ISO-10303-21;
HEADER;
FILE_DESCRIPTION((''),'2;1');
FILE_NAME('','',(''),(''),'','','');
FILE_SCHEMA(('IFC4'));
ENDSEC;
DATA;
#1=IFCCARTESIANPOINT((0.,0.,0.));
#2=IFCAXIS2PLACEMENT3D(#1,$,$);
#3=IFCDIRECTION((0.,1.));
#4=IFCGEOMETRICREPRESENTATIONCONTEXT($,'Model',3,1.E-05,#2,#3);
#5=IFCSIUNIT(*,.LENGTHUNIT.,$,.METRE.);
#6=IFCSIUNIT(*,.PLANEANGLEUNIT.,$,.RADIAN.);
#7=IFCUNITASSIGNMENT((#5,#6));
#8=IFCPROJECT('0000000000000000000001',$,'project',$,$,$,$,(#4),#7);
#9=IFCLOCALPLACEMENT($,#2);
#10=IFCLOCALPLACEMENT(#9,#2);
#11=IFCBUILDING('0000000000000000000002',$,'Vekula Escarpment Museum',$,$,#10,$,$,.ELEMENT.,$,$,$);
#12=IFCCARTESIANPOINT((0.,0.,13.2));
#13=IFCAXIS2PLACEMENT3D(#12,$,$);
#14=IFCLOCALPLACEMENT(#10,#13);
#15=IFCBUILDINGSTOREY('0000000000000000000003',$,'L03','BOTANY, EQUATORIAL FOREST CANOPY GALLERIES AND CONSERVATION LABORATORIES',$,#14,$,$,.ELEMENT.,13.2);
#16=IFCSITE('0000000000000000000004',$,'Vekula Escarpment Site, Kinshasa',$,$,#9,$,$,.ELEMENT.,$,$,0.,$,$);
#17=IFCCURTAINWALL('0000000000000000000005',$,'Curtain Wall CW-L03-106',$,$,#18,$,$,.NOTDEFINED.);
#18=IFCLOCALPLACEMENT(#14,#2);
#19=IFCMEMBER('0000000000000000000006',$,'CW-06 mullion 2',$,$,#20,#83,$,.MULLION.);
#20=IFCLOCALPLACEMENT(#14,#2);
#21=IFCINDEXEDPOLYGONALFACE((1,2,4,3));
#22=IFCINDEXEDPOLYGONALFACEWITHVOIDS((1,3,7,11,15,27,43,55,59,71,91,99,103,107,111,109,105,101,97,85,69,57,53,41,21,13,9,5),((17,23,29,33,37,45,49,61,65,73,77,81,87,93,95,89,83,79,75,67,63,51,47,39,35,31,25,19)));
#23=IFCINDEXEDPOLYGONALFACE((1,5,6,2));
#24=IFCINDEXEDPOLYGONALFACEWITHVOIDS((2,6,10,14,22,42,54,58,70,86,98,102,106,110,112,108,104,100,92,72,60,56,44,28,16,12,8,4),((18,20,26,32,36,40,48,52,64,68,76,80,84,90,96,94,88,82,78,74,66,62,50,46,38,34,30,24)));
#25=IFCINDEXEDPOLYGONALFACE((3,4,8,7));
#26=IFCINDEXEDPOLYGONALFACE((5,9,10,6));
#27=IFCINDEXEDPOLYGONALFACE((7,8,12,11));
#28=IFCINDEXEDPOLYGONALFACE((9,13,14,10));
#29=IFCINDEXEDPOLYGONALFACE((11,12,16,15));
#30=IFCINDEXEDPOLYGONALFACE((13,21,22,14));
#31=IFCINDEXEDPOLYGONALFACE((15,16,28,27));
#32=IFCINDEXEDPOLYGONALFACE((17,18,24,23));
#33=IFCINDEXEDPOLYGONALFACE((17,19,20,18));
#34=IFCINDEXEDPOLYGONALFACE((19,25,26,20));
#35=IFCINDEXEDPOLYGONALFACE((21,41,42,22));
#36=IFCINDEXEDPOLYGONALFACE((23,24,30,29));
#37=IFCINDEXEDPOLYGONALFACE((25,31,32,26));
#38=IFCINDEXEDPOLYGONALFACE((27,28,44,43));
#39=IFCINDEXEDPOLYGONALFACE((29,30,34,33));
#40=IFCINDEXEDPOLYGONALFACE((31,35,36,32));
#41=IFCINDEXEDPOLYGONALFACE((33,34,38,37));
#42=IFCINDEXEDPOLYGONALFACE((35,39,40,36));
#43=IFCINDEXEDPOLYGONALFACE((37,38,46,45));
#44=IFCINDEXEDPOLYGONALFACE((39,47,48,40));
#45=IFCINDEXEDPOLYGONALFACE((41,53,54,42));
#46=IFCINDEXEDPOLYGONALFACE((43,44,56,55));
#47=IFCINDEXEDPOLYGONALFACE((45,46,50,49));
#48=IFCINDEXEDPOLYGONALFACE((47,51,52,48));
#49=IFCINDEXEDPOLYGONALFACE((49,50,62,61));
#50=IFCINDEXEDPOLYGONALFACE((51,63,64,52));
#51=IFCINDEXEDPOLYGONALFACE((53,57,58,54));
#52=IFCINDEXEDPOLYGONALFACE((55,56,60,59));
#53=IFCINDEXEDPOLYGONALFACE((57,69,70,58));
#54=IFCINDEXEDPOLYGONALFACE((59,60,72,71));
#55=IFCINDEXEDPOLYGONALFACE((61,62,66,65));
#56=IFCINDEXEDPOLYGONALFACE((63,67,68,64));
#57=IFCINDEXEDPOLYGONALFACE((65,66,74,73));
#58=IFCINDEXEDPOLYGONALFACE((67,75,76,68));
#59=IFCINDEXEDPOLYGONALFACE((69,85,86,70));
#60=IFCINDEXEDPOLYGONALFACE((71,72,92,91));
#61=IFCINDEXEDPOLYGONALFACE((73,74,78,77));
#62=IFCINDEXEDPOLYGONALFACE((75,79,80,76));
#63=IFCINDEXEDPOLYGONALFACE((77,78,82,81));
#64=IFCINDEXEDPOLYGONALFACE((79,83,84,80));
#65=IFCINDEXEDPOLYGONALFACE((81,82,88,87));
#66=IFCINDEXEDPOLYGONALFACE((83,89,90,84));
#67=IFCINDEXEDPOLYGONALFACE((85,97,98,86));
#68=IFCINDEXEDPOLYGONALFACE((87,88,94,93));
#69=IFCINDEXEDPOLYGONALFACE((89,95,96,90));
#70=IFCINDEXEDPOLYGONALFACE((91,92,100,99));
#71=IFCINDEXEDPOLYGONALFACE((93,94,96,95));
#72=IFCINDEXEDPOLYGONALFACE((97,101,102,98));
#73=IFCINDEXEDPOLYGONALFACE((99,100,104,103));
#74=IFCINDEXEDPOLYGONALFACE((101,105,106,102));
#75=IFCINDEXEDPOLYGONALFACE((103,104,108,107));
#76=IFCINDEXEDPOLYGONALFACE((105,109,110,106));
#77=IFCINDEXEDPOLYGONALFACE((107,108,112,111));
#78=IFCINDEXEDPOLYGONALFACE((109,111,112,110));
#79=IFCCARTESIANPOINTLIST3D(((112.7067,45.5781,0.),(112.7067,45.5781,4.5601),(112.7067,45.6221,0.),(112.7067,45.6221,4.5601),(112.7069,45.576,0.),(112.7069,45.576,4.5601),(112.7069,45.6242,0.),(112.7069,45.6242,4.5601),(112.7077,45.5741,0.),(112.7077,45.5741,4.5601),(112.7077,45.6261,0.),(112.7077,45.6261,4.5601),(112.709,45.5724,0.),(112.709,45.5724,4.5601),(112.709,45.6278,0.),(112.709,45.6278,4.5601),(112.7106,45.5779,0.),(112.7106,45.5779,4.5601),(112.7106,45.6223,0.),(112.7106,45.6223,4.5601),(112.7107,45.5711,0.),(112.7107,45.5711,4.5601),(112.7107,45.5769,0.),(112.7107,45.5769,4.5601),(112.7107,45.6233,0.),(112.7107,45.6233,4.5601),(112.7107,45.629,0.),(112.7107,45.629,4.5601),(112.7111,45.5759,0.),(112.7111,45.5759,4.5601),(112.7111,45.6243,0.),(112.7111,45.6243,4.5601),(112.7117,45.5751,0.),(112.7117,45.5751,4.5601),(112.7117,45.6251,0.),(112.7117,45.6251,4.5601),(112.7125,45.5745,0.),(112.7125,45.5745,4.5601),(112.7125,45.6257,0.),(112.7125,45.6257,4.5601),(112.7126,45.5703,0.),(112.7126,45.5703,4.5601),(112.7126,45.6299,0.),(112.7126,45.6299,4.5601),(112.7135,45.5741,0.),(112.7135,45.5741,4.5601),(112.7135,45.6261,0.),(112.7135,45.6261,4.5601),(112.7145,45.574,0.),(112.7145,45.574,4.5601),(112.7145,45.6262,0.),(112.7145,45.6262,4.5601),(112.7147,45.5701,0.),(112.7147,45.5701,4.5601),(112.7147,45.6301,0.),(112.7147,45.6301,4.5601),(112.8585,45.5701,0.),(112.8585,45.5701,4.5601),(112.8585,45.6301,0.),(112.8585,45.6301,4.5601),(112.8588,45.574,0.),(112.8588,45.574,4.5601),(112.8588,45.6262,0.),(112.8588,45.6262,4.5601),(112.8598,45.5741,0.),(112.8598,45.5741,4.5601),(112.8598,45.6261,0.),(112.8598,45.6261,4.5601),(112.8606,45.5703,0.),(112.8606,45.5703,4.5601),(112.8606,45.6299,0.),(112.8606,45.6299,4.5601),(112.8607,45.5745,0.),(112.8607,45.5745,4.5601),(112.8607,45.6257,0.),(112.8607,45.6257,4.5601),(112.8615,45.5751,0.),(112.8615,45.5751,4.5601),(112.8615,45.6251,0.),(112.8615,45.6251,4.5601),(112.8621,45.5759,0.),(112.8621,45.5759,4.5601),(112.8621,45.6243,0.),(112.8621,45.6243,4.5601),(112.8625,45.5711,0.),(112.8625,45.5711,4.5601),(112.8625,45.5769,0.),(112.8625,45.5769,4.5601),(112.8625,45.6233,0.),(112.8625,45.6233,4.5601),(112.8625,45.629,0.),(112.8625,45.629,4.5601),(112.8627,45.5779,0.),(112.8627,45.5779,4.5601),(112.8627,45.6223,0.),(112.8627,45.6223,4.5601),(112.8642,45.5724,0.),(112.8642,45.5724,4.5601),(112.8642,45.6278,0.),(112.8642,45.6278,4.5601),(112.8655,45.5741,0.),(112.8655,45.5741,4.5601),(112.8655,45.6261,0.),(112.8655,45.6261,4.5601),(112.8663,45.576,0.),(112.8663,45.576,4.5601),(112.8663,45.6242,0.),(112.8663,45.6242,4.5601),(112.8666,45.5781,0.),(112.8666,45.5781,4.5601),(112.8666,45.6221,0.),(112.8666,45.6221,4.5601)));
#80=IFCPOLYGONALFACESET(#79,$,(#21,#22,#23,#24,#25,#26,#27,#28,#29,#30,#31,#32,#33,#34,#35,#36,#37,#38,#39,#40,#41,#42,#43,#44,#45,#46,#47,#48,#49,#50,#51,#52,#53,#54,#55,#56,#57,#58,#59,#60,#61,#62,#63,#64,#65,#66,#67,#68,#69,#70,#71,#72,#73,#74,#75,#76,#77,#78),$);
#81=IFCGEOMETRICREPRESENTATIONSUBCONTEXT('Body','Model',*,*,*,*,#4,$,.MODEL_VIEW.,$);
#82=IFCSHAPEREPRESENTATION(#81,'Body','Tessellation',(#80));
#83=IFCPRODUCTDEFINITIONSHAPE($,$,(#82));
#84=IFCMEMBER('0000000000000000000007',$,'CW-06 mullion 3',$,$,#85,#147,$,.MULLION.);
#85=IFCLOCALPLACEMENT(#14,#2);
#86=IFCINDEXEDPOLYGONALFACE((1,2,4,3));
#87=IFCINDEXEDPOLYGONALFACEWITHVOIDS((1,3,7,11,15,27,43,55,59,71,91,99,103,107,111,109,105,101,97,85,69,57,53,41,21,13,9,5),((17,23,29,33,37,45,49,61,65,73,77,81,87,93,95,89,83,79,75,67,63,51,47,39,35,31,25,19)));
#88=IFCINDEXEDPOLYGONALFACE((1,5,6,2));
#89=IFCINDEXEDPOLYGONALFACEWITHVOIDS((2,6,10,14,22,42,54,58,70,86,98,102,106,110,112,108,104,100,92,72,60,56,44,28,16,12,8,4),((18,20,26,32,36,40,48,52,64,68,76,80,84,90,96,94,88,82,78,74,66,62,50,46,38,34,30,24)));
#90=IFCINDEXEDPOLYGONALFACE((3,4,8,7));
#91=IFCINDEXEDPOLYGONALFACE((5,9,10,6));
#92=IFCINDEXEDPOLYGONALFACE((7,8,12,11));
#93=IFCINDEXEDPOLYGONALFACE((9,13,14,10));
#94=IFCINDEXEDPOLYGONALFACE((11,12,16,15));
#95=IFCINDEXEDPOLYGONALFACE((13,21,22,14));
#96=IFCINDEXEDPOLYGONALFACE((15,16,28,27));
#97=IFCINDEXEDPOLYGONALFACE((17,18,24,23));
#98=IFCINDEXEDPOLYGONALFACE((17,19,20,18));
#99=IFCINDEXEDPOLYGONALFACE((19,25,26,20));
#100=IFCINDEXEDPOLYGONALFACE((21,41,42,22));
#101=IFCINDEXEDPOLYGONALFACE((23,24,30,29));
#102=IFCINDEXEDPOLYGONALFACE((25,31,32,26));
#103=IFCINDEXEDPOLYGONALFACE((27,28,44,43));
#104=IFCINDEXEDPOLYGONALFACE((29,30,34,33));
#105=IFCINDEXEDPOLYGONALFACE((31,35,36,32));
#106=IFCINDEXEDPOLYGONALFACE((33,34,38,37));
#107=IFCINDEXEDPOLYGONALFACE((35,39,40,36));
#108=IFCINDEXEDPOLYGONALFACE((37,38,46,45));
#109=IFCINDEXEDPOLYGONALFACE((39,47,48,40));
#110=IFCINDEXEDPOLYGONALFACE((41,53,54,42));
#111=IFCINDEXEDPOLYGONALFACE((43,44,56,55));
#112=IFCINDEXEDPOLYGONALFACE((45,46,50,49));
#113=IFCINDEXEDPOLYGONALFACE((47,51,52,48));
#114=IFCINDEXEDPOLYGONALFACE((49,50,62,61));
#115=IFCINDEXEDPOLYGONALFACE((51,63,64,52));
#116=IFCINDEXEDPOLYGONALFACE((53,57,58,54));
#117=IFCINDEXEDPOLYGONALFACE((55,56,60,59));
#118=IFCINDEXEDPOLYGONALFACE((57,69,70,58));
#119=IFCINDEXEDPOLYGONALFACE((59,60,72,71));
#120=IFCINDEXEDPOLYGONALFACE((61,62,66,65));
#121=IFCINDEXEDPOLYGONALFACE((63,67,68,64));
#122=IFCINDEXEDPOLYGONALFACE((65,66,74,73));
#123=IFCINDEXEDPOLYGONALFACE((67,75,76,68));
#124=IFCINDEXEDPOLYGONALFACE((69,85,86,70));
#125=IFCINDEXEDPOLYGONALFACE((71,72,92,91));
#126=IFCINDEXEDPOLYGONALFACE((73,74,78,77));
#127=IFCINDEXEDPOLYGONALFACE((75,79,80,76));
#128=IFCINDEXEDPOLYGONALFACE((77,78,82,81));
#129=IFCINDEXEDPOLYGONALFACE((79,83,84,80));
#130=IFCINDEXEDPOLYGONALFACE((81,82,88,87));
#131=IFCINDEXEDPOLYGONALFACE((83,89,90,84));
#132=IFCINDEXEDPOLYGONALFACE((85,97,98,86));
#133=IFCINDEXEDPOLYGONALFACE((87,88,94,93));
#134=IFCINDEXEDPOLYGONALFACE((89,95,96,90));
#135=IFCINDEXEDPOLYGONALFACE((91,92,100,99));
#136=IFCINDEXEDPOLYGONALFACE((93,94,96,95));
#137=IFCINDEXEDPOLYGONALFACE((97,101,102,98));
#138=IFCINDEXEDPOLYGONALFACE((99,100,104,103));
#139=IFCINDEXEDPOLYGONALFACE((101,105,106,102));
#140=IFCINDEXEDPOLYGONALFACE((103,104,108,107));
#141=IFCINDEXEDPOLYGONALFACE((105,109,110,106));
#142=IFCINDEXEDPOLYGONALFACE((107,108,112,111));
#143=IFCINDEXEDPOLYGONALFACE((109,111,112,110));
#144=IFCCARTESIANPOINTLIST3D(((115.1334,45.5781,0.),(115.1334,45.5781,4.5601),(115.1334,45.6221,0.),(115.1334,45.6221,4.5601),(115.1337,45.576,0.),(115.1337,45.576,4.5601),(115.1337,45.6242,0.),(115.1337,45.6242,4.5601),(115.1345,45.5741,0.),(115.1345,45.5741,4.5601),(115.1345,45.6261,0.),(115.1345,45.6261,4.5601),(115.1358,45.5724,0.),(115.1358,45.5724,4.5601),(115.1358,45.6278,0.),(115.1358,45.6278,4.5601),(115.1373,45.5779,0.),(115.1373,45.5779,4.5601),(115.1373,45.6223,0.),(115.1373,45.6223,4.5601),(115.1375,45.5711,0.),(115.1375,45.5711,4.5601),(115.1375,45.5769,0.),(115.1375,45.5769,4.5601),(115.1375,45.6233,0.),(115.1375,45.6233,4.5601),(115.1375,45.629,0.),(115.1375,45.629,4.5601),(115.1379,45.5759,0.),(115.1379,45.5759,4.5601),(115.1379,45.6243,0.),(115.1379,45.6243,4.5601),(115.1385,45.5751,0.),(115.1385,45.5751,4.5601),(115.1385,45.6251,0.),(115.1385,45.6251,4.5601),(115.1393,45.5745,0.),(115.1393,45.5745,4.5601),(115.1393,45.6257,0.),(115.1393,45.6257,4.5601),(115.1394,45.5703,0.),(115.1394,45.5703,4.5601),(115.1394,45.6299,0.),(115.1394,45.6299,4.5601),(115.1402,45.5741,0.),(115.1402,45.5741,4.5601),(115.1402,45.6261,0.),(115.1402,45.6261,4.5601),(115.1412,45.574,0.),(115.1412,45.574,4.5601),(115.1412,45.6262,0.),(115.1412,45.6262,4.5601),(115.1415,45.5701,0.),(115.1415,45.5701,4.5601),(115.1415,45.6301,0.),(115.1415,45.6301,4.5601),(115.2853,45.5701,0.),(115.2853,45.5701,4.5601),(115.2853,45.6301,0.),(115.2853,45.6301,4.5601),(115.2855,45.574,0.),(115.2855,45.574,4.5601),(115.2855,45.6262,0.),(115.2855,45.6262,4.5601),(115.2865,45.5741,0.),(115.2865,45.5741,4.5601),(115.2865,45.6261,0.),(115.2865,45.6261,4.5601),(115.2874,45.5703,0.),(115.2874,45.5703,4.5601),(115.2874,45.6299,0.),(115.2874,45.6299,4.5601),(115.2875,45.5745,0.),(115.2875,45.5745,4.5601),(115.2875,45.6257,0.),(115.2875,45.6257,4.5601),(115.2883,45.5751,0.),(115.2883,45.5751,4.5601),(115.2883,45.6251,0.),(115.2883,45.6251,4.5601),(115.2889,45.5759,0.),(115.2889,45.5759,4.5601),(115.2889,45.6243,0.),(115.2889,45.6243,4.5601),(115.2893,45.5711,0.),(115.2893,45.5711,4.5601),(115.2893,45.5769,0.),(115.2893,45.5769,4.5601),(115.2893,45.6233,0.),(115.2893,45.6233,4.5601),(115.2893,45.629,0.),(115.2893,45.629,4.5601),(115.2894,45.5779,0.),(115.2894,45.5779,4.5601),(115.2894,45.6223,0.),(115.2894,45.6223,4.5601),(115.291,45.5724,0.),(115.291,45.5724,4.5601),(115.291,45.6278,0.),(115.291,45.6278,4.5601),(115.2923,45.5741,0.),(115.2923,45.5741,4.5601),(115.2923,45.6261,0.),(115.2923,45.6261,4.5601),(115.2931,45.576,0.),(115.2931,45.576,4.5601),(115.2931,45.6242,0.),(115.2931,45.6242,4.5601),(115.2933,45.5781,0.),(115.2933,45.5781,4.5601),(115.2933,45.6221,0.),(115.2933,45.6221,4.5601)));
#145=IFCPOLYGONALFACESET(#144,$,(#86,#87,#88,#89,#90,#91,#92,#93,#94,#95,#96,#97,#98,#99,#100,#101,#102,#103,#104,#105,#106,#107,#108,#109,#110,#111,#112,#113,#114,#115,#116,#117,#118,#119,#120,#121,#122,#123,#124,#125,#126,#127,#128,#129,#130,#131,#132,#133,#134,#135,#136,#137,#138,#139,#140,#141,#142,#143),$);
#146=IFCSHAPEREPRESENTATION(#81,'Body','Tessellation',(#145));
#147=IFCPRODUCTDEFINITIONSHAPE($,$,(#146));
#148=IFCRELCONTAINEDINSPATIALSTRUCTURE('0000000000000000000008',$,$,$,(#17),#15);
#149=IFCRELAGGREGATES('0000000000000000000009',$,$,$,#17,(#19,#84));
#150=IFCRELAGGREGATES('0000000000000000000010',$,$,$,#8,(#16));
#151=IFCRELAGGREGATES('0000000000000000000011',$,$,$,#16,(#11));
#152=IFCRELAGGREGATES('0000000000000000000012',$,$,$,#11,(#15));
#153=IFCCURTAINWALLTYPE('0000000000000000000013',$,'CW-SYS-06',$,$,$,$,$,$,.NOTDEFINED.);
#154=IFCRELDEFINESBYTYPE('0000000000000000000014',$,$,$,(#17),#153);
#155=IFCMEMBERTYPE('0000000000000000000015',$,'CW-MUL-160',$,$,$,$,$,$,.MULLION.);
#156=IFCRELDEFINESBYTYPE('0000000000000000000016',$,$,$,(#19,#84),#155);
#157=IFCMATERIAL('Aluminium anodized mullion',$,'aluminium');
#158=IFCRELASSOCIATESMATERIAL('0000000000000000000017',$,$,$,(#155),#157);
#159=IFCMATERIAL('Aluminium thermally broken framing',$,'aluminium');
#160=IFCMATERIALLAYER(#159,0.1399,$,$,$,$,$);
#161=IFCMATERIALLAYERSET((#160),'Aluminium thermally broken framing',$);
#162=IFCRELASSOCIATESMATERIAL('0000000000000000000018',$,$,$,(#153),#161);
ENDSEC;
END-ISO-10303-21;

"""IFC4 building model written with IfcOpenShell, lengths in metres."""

from ifc_helpers import new_model, si_unit, direction, frame, origin, origin_2d, place, context, subcontext, project, spatial, hollow_rectangle, extrude, material, layer, layer_set, material_profile, profile_set, type_object, element, aggregate, save


model = new_model("IFC4")

# Units and contexts
model_context = context("Model", 3, precision=1e-05, world=origin(), true_north=direction((0.0, 1.0)))
body_context = subcontext(model_context, "Body", "Model", "MODEL_VIEW")
ifc_project = project(units=[si_unit("LENGTHUNIT", "METRE"), si_unit("PLANEANGLEUNIT", "RADIAN")], contexts=[model_context])

# Site, building, storey
site_placement = place(None, origin())
site = spatial("IfcSite", under=ifc_project, at=site_placement, Name="Vekula Escarpment Site, Kinshasa", CompositionType="ELEMENT", RefElevation=0.0)
building_placement = place(site_placement, origin())
building = spatial("IfcBuilding", under=site, at=building_placement, Name="Vekula Escarpment Museum", CompositionType="ELEMENT")
storey_placement = place(building_placement, frame((0.0, 0.0, 13.2)))
storey = spatial("IfcBuildingStorey", under=building, at=storey_placement, Name="L03", Description="BOTANY, EQUATORIAL FOREST CANOPY GALLERIES AND CONSERVATION LABORATORIES", CompositionType="ELEMENT", Elevation=13.2)

# Shared definitions
ifc_material_1 = material(Name="Aluminium anodized mullion", Category="aluminium")
ifc_material_profile_1 = material_profile(ifc_material_1, hollow_rectangle(XDim=0.0601, YDim=0.1599, WallThickness=0.0039, InnerFilletRadius=0.0039, OuterFilletRadius=0.0081, at=origin_2d()), Name="ALU 160x60x4")
ifc_profile_set_1 = profile_set([ifc_material_profile_1], Name="Aluminium anodized mullion")
member_type_1 = type_object("IfcMemberType", Name="CW-MUL-160", PredefinedType="MULLION", material=ifc_profile_set_1)

# Curtain wall, members
ifc_material_2 = material(Name="Aluminium thermally broken framing", Category="aluminium")
ifc_layer_1 = layer(ifc_material_2, 0.1399)
ifc_layer_set_1 = layer_set([ifc_layer_1], Name="Aluminium thermally broken framing")
curtain_wall_type_1 = type_object("IfcCurtainWallType", Name="CW-SYS-06", PredefinedType="NOTDEFINED", material=ifc_layer_set_1)
curtain_wall_1_placement = place(storey_placement, origin())
curtain_wall_1 = element("IfcCurtainWall", 1, at=curtain_wall_1_placement, inside=storey, type_object=curtain_wall_type_1, Name="Curtain Wall CW-L03-106", PredefinedType="NOTDEFINED")
member_1_placement = place(storey_placement, frame((112.7866, 45.6001, 0.0), z_axis=(0.0, 0.0, 1.0), x_axis=(0.0, 1.0, 0.0)))
member_1 = element("IfcMember", 2, at=member_1_placement, type_object=member_type_1, Name="CW-06 mullion 2", PredefinedType="MULLION", context=body_context, shape_type="SweptSolid", body=[
    extrude(hollow_rectangle(XDim=0.0601, YDim=0.1599, WallThickness=0.0039, InnerFilletRadius=0.0039, OuterFilletRadius=0.0081, at=origin_2d()), origin(), (0.0, 0.0, 1.0), 4.5601),
])
member_2_placement = place(storey_placement, frame((115.2134, 45.6001, 0.0), z_axis=(0.0, 0.0, 1.0), x_axis=(0.0, 1.0, 0.0)))
member_2 = element("IfcMember", 3, at=member_2_placement, type_object=member_type_1, Name="CW-06 mullion 3", PredefinedType="MULLION", context=body_context, shape_type="SweptSolid", body=[
    extrude(hollow_rectangle(XDim=0.0601, YDim=0.1599, WallThickness=0.0039, InnerFilletRadius=0.0039, OuterFilletRadius=0.0081, at=origin_2d()), origin(), (0.0, 0.0, 1.0), 4.5601),
])
aggregate(curtain_wall_1, [member_1, member_2])

save(model, "model.ifc")
